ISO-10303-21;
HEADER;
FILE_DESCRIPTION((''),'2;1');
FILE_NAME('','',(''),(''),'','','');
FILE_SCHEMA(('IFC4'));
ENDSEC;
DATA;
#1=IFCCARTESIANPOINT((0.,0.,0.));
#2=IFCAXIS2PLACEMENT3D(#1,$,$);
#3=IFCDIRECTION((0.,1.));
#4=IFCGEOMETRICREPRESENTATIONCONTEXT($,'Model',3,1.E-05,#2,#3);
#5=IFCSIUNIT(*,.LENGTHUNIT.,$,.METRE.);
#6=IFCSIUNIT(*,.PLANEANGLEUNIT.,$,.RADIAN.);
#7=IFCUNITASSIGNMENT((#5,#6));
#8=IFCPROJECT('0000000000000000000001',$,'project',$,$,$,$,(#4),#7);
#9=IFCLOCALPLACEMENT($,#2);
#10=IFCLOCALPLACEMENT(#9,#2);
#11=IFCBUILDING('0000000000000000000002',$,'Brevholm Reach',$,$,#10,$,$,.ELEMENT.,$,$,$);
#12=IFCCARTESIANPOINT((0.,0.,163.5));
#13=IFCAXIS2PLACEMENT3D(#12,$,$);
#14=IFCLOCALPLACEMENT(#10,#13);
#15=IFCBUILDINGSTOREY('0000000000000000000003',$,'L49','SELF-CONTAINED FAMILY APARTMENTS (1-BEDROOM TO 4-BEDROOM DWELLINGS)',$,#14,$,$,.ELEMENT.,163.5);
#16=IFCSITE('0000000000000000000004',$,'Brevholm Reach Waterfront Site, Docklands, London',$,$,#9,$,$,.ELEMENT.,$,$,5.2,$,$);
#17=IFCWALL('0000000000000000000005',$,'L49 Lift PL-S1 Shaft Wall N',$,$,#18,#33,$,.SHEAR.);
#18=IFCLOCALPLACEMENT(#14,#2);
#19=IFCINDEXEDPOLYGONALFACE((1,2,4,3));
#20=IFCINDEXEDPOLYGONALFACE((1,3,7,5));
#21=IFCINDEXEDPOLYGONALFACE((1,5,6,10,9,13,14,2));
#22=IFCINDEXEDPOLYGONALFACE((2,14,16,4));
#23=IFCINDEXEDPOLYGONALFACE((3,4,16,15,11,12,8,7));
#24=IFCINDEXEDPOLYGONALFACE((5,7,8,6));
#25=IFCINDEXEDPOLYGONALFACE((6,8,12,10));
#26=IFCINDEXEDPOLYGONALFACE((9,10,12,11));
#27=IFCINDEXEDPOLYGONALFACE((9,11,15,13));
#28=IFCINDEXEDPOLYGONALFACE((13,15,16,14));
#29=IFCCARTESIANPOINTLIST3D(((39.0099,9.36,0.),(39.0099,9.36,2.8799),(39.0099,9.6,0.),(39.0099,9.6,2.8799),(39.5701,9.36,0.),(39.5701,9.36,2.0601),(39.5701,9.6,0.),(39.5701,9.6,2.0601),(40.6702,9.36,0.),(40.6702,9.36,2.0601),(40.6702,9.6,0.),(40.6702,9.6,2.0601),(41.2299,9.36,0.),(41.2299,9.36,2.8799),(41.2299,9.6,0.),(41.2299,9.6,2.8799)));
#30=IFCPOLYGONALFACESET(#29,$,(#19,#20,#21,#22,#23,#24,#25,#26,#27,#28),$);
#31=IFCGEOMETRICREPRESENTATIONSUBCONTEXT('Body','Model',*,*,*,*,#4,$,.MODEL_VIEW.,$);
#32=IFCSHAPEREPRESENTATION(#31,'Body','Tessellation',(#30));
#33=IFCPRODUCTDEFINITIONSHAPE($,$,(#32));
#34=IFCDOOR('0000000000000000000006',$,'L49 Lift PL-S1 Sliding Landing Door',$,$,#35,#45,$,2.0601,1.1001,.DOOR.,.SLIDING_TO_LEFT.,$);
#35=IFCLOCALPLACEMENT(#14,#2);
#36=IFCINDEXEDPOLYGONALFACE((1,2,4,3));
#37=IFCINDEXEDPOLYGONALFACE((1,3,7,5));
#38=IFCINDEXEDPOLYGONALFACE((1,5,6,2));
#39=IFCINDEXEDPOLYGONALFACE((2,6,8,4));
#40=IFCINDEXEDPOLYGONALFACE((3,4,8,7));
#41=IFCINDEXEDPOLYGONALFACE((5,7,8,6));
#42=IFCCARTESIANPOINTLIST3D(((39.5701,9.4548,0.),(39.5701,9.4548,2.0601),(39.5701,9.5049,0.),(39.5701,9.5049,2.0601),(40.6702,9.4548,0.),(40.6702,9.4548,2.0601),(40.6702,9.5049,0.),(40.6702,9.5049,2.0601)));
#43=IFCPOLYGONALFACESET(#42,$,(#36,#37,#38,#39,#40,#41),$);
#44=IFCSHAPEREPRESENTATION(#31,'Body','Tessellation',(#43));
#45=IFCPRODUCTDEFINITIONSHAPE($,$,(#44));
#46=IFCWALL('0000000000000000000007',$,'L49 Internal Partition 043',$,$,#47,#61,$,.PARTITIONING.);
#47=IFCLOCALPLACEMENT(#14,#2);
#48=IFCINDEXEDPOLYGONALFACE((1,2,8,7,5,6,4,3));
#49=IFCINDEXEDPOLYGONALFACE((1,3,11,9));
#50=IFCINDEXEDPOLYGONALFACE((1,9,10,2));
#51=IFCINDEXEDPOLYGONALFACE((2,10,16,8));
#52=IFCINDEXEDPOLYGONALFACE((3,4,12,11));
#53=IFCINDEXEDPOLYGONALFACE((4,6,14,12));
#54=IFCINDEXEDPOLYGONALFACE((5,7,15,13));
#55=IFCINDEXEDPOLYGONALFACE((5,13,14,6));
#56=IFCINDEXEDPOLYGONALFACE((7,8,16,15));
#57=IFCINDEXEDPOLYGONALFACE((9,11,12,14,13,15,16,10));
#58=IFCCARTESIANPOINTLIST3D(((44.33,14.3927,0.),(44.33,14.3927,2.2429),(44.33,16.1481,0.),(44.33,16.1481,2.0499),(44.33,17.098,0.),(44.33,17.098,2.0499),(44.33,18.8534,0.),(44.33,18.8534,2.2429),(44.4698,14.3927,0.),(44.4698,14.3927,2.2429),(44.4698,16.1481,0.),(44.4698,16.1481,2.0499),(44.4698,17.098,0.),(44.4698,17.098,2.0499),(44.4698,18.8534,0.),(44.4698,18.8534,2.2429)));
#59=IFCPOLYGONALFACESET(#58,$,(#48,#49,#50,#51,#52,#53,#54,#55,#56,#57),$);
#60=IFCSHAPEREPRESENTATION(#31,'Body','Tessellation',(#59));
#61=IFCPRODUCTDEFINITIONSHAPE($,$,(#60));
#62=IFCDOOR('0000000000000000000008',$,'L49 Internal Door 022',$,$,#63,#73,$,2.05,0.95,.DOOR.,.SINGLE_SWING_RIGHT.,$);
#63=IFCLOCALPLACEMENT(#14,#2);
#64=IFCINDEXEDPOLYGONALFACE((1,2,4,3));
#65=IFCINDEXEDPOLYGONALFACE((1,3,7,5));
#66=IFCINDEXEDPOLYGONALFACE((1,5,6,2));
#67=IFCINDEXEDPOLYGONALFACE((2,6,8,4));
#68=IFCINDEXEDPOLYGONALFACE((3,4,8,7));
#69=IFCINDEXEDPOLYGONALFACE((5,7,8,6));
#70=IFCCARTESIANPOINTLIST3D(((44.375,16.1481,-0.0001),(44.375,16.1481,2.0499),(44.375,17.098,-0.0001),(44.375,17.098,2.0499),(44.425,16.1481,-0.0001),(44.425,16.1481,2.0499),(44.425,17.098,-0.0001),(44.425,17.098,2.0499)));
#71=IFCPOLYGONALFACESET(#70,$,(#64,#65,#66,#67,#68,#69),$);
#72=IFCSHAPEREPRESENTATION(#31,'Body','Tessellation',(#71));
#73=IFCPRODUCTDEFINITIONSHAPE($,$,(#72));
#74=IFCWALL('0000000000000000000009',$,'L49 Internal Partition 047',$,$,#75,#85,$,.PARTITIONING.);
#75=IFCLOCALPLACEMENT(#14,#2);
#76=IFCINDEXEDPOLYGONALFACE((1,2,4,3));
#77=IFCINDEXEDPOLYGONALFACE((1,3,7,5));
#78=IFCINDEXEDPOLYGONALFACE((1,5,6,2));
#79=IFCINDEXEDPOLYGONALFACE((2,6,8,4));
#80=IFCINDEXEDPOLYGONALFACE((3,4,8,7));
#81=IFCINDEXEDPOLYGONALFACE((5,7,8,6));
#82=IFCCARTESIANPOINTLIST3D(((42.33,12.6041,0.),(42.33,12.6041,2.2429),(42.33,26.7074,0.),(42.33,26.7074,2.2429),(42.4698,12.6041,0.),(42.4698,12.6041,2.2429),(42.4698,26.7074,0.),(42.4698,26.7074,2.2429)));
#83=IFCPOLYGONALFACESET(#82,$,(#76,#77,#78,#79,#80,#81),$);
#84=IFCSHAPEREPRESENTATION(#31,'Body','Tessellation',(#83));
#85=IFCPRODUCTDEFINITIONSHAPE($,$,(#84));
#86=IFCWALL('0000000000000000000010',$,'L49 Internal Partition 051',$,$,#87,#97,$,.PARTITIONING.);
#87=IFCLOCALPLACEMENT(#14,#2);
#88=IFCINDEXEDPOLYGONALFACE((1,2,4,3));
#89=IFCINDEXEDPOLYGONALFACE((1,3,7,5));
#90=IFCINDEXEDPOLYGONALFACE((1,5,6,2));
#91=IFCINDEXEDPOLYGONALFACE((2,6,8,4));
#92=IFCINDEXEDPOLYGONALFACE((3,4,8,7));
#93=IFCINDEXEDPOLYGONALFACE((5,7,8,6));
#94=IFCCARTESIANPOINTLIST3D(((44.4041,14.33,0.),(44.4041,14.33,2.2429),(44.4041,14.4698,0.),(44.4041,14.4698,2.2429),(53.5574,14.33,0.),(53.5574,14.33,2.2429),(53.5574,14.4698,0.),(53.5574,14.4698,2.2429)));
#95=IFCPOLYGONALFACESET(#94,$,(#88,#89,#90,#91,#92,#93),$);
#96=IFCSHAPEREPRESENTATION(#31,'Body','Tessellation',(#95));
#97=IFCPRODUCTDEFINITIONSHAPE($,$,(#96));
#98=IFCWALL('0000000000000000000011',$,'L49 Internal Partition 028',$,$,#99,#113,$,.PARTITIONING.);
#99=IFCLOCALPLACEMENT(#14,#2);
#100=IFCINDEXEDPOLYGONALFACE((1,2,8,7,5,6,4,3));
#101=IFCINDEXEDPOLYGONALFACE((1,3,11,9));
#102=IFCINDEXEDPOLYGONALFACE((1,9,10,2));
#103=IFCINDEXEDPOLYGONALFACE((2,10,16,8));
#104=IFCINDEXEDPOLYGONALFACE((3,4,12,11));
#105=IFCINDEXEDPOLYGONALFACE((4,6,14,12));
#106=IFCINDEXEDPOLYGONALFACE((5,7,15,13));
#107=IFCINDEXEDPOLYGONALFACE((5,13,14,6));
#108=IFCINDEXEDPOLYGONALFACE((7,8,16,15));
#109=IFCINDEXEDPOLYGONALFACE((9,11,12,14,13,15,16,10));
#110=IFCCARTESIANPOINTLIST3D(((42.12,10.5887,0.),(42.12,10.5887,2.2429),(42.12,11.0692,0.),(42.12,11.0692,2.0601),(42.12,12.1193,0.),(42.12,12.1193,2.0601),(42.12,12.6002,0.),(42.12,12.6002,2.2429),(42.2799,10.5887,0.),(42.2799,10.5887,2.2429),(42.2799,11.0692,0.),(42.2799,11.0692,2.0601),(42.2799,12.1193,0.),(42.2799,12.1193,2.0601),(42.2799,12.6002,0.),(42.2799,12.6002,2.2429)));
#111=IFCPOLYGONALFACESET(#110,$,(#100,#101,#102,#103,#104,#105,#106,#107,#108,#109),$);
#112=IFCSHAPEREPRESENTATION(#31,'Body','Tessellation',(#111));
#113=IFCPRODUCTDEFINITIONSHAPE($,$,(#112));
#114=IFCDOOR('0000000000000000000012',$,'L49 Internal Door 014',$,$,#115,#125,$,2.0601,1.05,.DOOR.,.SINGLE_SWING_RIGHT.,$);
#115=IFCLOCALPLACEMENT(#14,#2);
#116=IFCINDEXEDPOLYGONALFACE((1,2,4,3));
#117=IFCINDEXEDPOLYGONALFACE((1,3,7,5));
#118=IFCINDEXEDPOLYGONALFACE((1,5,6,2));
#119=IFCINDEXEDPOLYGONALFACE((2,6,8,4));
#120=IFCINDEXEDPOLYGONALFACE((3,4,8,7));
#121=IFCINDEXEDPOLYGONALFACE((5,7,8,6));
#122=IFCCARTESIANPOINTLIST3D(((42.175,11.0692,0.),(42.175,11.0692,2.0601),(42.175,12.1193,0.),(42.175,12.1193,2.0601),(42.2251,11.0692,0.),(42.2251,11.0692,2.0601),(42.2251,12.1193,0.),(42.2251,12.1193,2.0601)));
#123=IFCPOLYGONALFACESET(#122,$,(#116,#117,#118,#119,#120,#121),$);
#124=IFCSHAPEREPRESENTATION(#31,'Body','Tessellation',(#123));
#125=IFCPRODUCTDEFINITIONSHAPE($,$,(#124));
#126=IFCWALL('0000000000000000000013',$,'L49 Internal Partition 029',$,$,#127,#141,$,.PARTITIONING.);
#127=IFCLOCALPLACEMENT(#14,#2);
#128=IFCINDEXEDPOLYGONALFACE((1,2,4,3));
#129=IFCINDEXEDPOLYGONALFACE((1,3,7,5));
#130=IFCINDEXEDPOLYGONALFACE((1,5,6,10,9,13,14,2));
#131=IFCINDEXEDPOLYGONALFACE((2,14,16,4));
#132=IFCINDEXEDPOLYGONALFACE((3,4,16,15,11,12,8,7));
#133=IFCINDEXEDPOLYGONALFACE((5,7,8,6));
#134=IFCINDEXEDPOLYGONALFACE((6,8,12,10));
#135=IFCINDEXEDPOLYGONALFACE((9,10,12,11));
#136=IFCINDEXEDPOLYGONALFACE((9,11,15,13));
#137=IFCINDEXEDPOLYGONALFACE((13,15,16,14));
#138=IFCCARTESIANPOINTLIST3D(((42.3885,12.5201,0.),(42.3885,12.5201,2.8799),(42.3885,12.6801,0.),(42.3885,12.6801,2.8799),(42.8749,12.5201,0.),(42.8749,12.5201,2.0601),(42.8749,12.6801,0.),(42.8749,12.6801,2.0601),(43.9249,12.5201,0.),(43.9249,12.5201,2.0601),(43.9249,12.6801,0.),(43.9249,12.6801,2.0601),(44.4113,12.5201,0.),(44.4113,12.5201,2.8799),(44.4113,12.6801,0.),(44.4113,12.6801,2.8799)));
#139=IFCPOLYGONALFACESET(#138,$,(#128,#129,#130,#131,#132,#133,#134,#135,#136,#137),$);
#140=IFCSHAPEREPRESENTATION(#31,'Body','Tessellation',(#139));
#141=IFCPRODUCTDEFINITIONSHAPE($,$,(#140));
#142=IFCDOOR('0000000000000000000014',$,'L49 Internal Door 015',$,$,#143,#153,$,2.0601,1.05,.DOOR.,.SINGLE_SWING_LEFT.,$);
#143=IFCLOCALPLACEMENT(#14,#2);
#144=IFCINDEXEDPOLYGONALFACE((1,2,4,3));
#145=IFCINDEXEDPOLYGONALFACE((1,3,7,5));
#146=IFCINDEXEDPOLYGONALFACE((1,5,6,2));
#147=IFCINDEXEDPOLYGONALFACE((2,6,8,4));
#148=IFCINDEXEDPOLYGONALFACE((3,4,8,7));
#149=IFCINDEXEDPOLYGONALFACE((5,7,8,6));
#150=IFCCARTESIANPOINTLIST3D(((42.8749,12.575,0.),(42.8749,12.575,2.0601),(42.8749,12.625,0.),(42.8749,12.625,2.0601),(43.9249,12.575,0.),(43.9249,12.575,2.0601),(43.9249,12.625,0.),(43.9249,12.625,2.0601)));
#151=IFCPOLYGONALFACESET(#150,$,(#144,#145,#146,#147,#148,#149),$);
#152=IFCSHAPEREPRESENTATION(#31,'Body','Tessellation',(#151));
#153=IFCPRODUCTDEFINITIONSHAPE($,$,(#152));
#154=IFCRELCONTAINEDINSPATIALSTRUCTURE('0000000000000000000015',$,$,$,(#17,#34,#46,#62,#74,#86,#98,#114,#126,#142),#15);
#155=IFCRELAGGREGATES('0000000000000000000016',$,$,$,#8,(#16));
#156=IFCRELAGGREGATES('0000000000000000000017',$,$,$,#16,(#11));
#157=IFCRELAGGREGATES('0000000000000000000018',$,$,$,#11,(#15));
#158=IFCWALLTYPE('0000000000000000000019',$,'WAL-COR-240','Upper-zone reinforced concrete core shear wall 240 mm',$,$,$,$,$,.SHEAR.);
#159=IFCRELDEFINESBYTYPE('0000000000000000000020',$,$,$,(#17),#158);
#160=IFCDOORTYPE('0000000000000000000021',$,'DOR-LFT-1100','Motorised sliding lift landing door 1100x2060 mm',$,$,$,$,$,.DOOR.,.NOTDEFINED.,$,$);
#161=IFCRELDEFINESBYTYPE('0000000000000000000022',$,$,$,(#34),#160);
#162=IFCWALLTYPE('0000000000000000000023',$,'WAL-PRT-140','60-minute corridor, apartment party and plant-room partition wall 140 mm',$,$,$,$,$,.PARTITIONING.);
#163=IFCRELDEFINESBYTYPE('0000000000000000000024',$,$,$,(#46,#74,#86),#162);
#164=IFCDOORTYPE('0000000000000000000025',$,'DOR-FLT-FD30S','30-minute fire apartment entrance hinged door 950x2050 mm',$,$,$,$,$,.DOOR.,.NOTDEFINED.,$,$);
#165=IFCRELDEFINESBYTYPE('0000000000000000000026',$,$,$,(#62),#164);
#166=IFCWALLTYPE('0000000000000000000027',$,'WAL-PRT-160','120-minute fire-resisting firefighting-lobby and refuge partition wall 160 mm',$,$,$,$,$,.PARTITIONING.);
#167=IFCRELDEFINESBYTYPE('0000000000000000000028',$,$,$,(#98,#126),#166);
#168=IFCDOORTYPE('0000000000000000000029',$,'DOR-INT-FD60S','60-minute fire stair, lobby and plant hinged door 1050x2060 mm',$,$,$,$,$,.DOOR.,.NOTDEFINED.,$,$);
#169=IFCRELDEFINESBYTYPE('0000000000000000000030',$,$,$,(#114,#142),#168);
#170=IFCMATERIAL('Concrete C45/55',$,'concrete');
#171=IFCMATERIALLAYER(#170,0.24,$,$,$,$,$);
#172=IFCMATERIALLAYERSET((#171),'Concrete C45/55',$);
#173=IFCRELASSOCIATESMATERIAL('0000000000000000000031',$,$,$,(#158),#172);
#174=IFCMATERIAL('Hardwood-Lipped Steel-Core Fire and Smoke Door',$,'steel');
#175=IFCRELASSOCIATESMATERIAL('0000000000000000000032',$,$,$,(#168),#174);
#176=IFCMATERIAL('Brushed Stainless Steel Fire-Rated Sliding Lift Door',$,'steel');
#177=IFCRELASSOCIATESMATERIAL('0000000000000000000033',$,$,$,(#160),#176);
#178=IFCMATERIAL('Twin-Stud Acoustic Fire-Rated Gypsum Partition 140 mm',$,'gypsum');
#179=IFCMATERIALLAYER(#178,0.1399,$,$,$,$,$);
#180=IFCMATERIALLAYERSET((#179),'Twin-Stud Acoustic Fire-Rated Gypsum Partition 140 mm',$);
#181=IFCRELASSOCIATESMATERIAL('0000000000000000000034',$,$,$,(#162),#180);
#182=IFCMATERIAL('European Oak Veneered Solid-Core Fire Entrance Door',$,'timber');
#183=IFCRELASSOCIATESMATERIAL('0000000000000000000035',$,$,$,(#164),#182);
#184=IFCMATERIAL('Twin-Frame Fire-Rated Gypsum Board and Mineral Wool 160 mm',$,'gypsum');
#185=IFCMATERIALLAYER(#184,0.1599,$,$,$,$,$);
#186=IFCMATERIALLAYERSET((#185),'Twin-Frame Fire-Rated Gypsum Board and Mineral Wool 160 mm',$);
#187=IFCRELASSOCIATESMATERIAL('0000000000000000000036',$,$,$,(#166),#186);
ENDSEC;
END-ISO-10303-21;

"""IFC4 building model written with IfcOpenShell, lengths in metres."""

from ifc_helpers import new_model, si_unit, direction, frame, frame_2d, origin, place, context, subcontext, project, spatial, rectangle, extrude, material, layer, layer_set, type_object, element, fill, save


model = new_model("IFC4")

# Units and contexts
model_context = context("Model", 3, precision=1e-05, world=origin(), true_north=direction((0.0, 1.0)))
body_context = subcontext(model_context, "Body", "Model", "MODEL_VIEW")
ifc_project = project(units=[si_unit("LENGTHUNIT", "METRE"), si_unit("PLANEANGLEUNIT", "RADIAN")], contexts=[model_context])

# Site, building, storey
site_placement = place(None, origin())
site = spatial("IfcSite", under=ifc_project, at=site_placement, Name="Brevholm Reach Waterfront Site, Docklands, London", CompositionType="ELEMENT", RefElevation=5.2)
building_placement = place(site_placement, origin())
building = spatial("IfcBuilding", under=site, at=building_placement, Name="Brevholm Reach", CompositionType="ELEMENT")
storey_placement = place(building_placement, frame((0.0, 0.0, 163.5)))
storey = spatial("IfcBuildingStorey", under=building, at=storey_placement, Name="L49", Description="SELF-CONTAINED FAMILY APARTMENTS (1-BEDROOM TO 4-BEDROOM DWELLINGS)", CompositionType="ELEMENT", Elevation=163.5)

# Shared definitions
ifc_material_1 = material(Name="Concrete C45/55", Category="concrete")
ifc_layer_1 = layer(ifc_material_1, 0.24)
ifc_layer_set_1 = layer_set([ifc_layer_1], Name="Concrete C45/55")
wall_type_1 = type_object("IfcWallType", Name="WAL-COR-240", Description="Upper-zone reinforced concrete core shear wall 240 mm", PredefinedType="SHEAR", material=ifc_layer_set_1)
ifc_material_2 = material(Name="Hardwood-Lipped Steel-Core Fire and Smoke Door", Category="steel")
door_type_1 = type_object("IfcDoorType", Name="DOR-INT-FD60S", Description="60-minute fire stair, lobby and plant hinged door 1050x2060 mm", OperationType="NOTDEFINED", PredefinedType="DOOR", material=ifc_material_2)

# Walls, openings, doors
wall_1_placement = place(storey_placement, frame((39.01, 9.48, 0.0), z_axis=(0.0, 0.0, 1.0), x_axis=(1.0, 0.0, 0.0)))
wall_1 = element("IfcWall", 1, at=wall_1_placement, inside=storey, type_object=wall_type_1, Name="L49 Lift PL-S1 Shaft Wall N", PredefinedType="SHEAR", context=body_context, shape_type="SweptSolid", body=[
    extrude(rectangle(XDim=2.22, YDim=0.24, at=frame_2d((1.1099, 0.0))), origin(), (0.0, 0.0, 1.0), 2.8799),
])
opening_1_placement = place(wall_1_placement, frame((0.5601, 0.0, 0.0)))
opening_1 = element("IfcOpeningElement", 2, at=opening_1_placement, cuts=wall_1, PredefinedType="OPENING", context=body_context, shape_type="SweptSolid", body=[
    extrude(rectangle(XDim=1.1001, YDim=2.0601, at=frame_2d((0.55, 1.03))), frame((0.0, 0.1299, 0.0), z_axis=(0.0, -1.0, 0.0), x_axis=(1.0, 0.0, 0.0)), (0.0, 0.0, 1.0), 0.26),
])
ifc_material_3 = material(Name="Brushed Stainless Steel Fire-Rated Sliding Lift Door", Category="steel")
door_type_2 = type_object("IfcDoorType", Name="DOR-LFT-1100", Description="Motorised sliding lift landing door 1100x2060 mm", OperationType="NOTDEFINED", PredefinedType="DOOR", material=ifc_material_3)
door_1_placement = place(opening_1_placement, origin())
door_1 = element("IfcDoor", 3, at=door_1_placement, inside=storey, type_object=door_type_2, Name="L49 Lift PL-S1 Sliding Landing Door", OperationType="SLIDING_TO_LEFT", OverallHeight=2.0601, OverallWidth=1.1001, PredefinedType="DOOR", context=body_context, shape_type="SweptSolid", body=[
    extrude(rectangle(XDim=1.1001, YDim=2.0601, at=frame_2d((0.55, 1.03))), frame((0.0, 0.0249, 0.0), z_axis=(0.0, -1.0, 0.0), x_axis=(1.0, 0.0, 0.0)), (0.0, 0.0, 1.0), 0.05),
])
fill(opening_1, door_1)
ifc_material_4 = material(Name="Twin-Stud Acoustic Fire-Rated Gypsum Partition 140 mm", Category="gypsum")
ifc_layer_2 = layer(ifc_material_4, 0.1399)
ifc_layer_set_2 = layer_set([ifc_layer_2], Name="Twin-Stud Acoustic Fire-Rated Gypsum Partition 140 mm")
wall_type_2 = type_object("IfcWallType", Name="WAL-PRT-140", Description="60-minute corridor, apartment party and plant-room partition wall 140 mm", PredefinedType="PARTITIONING", material=ifc_layer_set_2)
wall_2_placement = place(storey_placement, frame((44.3999, 14.3926, 0.0), z_axis=(0.0, 0.0, 1.0), x_axis=(0.0, 1.0, 0.0)))
wall_2 = element("IfcWall", 4, at=wall_2_placement, inside=storey, type_object=wall_type_2, Name="L49 Internal Partition 043", PredefinedType="PARTITIONING", context=body_context, shape_type="SweptSolid", body=[
    extrude(rectangle(XDim=4.4607, YDim=0.1399, at=frame_2d((2.2305, 0.0))), origin(), (0.0, 0.0, 1.0), 2.2429),
])
opening_2_placement = place(wall_2_placement, frame((1.7554, 0.0, 0.0)))
opening_2 = element("IfcOpeningElement", 5, at=opening_2_placement, cuts=wall_2, PredefinedType="OPENING", context=body_context, shape_type="SweptSolid", body=[
    extrude(rectangle(XDim=0.95, YDim=2.05, at=frame_2d((0.4751, 1.0249))), frame((0.0, 0.0798, 0.0), z_axis=(0.0, -1.0, 0.0), x_axis=(1.0, 0.0, 0.0)), (0.0, 0.0, 1.0), 0.1599),
])
ifc_material_5 = material(Name="European Oak Veneered Solid-Core Fire Entrance Door", Category="timber")
door_type_3 = type_object("IfcDoorType", Name="DOR-FLT-FD30S", Description="30-minute fire apartment entrance hinged door 950x2050 mm", OperationType="NOTDEFINED", PredefinedType="DOOR", material=ifc_material_5)
door_2_placement = place(opening_2_placement, origin())
door_2 = element("IfcDoor", 6, at=door_2_placement, inside=storey, type_object=door_type_3, Name="L49 Internal Door 022", OperationType="SINGLE_SWING_RIGHT", OverallHeight=2.05, OverallWidth=0.95, PredefinedType="DOOR", context=body_context, shape_type="SweptSolid", body=[
    extrude(rectangle(XDim=0.95, YDim=2.05, at=frame_2d((0.4751, 1.0249))), frame((0.0, 0.0249, 0.0), z_axis=(0.0, -1.0, 0.0), x_axis=(1.0, 0.0, 0.0)), (0.0, 0.0, 1.0), 0.05),
])
fill(opening_2, door_2)

# Walls
wall_3_placement = place(storey_placement, frame((42.3999, 12.604, 0.0), z_axis=(0.0, 0.0, 1.0), x_axis=(0.0, 1.0, 0.0)))
element("IfcWall", 7, at=wall_3_placement, inside=storey, type_object=wall_type_2, Name="L49 Internal Partition 047", PredefinedType="PARTITIONING", context=body_context, shape_type="SweptSolid", body=[
    extrude(rectangle(XDim=14.1033, YDim=0.1399, at=frame_2d((7.0518, 0.0))), origin(), (0.0, 0.0, 1.0), 2.2429),
])
wall_4_placement = place(storey_placement, frame((44.4041, 14.3999, 0.0), z_axis=(0.0, 0.0, 1.0), x_axis=(1.0, 0.0, 0.0)))
element("IfcWall", 8, at=wall_4_placement, inside=storey, type_object=wall_type_2, Name="L49 Internal Partition 051", PredefinedType="PARTITIONING", context=body_context, shape_type="SweptSolid", body=[
    extrude(rectangle(XDim=9.1533, YDim=0.1399, at=frame_2d((4.5767, 0.0))), origin(), (0.0, 0.0, 1.0), 2.2429),
])

# Walls, openings, doors
ifc_material_6 = material(Name="Twin-Frame Fire-Rated Gypsum Board and Mineral Wool 160 mm", Category="gypsum")
ifc_layer_3 = layer(ifc_material_6, 0.1599)
ifc_layer_set_3 = layer_set([ifc_layer_3], Name="Twin-Frame Fire-Rated Gypsum Board and Mineral Wool 160 mm")
wall_type_3 = type_object("IfcWallType", Name="WAL-PRT-160", Description="120-minute fire-resisting firefighting-lobby and refuge partition wall 160 mm", PredefinedType="PARTITIONING", material=ifc_layer_set_3)
wall_5_placement = place(storey_placement, frame((42.2, 10.5886, 0.0), z_axis=(0.0, 0.0, 1.0), x_axis=(0.0, 1.0, 0.0)))
wall_5 = element("IfcWall", 9, at=wall_5_placement, inside=storey, type_object=wall_type_3, Name="L49 Internal Partition 028", PredefinedType="PARTITIONING", context=body_context, shape_type="SweptSolid", body=[
    extrude(rectangle(XDim=2.0115, YDim=0.1599, at=frame_2d((1.0059, 0.0))), origin(), (0.0, 0.0, 1.0), 2.2429),
])
opening_3_placement = place(wall_5_placement, frame((0.4807, 0.0, 0.0)))
opening_3 = element("IfcOpeningElement", 10, at=opening_3_placement, cuts=wall_5, PredefinedType="OPENING", context=body_context, shape_type="SweptSolid", body=[
    extrude(rectangle(XDim=1.05, YDim=2.0601, at=frame_2d((0.5249, 1.03))), frame((0.0, 0.0898, 0.0), z_axis=(0.0, -1.0, 0.0), x_axis=(1.0, 0.0, 0.0)), (0.0, 0.0, 1.0), 0.1799),
])
door_3_placement = place(opening_3_placement, origin())
door_3 = element("IfcDoor", 11, at=door_3_placement, inside=storey, type_object=door_type_1, Name="L49 Internal Door 014", OperationType="SINGLE_SWING_RIGHT", OverallHeight=2.0601, OverallWidth=1.05, PredefinedType="DOOR", context=body_context, shape_type="SweptSolid", body=[
    extrude(rectangle(XDim=1.05, YDim=2.0601, at=frame_2d((0.5249, 1.03))), frame((0.0, 0.0249, 0.0), z_axis=(0.0, -1.0, 0.0), x_axis=(1.0, 0.0, 0.0)), (0.0, 0.0, 1.0), 0.05),
])
fill(opening_3, door_3)
wall_6_placement = place(storey_placement, frame((42.3887, 12.6001, 0.0), z_axis=(0.0, 0.0, 1.0), x_axis=(1.0, 0.0, 0.0)))
wall_6 = element("IfcWall", 12, at=wall_6_placement, inside=storey, type_object=wall_type_3, Name="L49 Internal Partition 029", PredefinedType="PARTITIONING", context=body_context, shape_type="SweptSolid", body=[
    extrude(rectangle(XDim=2.0227, YDim=0.1599, at=frame_2d((1.0112, 0.0))), origin(), (0.0, 0.0, 1.0), 2.8799),
])
opening_4_placement = place(wall_6_placement, frame((0.4863, 0.0, 0.0)))
opening_4 = element("IfcOpeningElement", 13, at=opening_4_placement, cuts=wall_6, PredefinedType="OPENING", context=body_context, shape_type="SweptSolid", body=[
    extrude(rectangle(XDim=1.05, YDim=2.0601, at=frame_2d((0.5249, 1.03))), frame((0.0, 0.0898, 0.0), z_axis=(0.0, -1.0, 0.0), x_axis=(1.0, 0.0, 0.0)), (0.0, 0.0, 1.0), 0.1799),
])
door_4_placement = place(opening_4_placement, origin())
door_4 = element("IfcDoor", 14, at=door_4_placement, inside=storey, type_object=door_type_1, Name="L49 Internal Door 015", OperationType="SINGLE_SWING_LEFT", OverallHeight=2.0601, OverallWidth=1.05, PredefinedType="DOOR", context=body_context, shape_type="SweptSolid", body=[
    extrude(rectangle(XDim=1.05, YDim=2.0601, at=frame_2d((0.5249, 1.03))), frame((0.0, 0.0249, 0.0), z_axis=(0.0, -1.0, 0.0), x_axis=(1.0, 0.0, 0.0)), (0.0, 0.0, 1.0), 0.05),
])
fill(opening_4, door_4)

save(model, "model.ifc")
